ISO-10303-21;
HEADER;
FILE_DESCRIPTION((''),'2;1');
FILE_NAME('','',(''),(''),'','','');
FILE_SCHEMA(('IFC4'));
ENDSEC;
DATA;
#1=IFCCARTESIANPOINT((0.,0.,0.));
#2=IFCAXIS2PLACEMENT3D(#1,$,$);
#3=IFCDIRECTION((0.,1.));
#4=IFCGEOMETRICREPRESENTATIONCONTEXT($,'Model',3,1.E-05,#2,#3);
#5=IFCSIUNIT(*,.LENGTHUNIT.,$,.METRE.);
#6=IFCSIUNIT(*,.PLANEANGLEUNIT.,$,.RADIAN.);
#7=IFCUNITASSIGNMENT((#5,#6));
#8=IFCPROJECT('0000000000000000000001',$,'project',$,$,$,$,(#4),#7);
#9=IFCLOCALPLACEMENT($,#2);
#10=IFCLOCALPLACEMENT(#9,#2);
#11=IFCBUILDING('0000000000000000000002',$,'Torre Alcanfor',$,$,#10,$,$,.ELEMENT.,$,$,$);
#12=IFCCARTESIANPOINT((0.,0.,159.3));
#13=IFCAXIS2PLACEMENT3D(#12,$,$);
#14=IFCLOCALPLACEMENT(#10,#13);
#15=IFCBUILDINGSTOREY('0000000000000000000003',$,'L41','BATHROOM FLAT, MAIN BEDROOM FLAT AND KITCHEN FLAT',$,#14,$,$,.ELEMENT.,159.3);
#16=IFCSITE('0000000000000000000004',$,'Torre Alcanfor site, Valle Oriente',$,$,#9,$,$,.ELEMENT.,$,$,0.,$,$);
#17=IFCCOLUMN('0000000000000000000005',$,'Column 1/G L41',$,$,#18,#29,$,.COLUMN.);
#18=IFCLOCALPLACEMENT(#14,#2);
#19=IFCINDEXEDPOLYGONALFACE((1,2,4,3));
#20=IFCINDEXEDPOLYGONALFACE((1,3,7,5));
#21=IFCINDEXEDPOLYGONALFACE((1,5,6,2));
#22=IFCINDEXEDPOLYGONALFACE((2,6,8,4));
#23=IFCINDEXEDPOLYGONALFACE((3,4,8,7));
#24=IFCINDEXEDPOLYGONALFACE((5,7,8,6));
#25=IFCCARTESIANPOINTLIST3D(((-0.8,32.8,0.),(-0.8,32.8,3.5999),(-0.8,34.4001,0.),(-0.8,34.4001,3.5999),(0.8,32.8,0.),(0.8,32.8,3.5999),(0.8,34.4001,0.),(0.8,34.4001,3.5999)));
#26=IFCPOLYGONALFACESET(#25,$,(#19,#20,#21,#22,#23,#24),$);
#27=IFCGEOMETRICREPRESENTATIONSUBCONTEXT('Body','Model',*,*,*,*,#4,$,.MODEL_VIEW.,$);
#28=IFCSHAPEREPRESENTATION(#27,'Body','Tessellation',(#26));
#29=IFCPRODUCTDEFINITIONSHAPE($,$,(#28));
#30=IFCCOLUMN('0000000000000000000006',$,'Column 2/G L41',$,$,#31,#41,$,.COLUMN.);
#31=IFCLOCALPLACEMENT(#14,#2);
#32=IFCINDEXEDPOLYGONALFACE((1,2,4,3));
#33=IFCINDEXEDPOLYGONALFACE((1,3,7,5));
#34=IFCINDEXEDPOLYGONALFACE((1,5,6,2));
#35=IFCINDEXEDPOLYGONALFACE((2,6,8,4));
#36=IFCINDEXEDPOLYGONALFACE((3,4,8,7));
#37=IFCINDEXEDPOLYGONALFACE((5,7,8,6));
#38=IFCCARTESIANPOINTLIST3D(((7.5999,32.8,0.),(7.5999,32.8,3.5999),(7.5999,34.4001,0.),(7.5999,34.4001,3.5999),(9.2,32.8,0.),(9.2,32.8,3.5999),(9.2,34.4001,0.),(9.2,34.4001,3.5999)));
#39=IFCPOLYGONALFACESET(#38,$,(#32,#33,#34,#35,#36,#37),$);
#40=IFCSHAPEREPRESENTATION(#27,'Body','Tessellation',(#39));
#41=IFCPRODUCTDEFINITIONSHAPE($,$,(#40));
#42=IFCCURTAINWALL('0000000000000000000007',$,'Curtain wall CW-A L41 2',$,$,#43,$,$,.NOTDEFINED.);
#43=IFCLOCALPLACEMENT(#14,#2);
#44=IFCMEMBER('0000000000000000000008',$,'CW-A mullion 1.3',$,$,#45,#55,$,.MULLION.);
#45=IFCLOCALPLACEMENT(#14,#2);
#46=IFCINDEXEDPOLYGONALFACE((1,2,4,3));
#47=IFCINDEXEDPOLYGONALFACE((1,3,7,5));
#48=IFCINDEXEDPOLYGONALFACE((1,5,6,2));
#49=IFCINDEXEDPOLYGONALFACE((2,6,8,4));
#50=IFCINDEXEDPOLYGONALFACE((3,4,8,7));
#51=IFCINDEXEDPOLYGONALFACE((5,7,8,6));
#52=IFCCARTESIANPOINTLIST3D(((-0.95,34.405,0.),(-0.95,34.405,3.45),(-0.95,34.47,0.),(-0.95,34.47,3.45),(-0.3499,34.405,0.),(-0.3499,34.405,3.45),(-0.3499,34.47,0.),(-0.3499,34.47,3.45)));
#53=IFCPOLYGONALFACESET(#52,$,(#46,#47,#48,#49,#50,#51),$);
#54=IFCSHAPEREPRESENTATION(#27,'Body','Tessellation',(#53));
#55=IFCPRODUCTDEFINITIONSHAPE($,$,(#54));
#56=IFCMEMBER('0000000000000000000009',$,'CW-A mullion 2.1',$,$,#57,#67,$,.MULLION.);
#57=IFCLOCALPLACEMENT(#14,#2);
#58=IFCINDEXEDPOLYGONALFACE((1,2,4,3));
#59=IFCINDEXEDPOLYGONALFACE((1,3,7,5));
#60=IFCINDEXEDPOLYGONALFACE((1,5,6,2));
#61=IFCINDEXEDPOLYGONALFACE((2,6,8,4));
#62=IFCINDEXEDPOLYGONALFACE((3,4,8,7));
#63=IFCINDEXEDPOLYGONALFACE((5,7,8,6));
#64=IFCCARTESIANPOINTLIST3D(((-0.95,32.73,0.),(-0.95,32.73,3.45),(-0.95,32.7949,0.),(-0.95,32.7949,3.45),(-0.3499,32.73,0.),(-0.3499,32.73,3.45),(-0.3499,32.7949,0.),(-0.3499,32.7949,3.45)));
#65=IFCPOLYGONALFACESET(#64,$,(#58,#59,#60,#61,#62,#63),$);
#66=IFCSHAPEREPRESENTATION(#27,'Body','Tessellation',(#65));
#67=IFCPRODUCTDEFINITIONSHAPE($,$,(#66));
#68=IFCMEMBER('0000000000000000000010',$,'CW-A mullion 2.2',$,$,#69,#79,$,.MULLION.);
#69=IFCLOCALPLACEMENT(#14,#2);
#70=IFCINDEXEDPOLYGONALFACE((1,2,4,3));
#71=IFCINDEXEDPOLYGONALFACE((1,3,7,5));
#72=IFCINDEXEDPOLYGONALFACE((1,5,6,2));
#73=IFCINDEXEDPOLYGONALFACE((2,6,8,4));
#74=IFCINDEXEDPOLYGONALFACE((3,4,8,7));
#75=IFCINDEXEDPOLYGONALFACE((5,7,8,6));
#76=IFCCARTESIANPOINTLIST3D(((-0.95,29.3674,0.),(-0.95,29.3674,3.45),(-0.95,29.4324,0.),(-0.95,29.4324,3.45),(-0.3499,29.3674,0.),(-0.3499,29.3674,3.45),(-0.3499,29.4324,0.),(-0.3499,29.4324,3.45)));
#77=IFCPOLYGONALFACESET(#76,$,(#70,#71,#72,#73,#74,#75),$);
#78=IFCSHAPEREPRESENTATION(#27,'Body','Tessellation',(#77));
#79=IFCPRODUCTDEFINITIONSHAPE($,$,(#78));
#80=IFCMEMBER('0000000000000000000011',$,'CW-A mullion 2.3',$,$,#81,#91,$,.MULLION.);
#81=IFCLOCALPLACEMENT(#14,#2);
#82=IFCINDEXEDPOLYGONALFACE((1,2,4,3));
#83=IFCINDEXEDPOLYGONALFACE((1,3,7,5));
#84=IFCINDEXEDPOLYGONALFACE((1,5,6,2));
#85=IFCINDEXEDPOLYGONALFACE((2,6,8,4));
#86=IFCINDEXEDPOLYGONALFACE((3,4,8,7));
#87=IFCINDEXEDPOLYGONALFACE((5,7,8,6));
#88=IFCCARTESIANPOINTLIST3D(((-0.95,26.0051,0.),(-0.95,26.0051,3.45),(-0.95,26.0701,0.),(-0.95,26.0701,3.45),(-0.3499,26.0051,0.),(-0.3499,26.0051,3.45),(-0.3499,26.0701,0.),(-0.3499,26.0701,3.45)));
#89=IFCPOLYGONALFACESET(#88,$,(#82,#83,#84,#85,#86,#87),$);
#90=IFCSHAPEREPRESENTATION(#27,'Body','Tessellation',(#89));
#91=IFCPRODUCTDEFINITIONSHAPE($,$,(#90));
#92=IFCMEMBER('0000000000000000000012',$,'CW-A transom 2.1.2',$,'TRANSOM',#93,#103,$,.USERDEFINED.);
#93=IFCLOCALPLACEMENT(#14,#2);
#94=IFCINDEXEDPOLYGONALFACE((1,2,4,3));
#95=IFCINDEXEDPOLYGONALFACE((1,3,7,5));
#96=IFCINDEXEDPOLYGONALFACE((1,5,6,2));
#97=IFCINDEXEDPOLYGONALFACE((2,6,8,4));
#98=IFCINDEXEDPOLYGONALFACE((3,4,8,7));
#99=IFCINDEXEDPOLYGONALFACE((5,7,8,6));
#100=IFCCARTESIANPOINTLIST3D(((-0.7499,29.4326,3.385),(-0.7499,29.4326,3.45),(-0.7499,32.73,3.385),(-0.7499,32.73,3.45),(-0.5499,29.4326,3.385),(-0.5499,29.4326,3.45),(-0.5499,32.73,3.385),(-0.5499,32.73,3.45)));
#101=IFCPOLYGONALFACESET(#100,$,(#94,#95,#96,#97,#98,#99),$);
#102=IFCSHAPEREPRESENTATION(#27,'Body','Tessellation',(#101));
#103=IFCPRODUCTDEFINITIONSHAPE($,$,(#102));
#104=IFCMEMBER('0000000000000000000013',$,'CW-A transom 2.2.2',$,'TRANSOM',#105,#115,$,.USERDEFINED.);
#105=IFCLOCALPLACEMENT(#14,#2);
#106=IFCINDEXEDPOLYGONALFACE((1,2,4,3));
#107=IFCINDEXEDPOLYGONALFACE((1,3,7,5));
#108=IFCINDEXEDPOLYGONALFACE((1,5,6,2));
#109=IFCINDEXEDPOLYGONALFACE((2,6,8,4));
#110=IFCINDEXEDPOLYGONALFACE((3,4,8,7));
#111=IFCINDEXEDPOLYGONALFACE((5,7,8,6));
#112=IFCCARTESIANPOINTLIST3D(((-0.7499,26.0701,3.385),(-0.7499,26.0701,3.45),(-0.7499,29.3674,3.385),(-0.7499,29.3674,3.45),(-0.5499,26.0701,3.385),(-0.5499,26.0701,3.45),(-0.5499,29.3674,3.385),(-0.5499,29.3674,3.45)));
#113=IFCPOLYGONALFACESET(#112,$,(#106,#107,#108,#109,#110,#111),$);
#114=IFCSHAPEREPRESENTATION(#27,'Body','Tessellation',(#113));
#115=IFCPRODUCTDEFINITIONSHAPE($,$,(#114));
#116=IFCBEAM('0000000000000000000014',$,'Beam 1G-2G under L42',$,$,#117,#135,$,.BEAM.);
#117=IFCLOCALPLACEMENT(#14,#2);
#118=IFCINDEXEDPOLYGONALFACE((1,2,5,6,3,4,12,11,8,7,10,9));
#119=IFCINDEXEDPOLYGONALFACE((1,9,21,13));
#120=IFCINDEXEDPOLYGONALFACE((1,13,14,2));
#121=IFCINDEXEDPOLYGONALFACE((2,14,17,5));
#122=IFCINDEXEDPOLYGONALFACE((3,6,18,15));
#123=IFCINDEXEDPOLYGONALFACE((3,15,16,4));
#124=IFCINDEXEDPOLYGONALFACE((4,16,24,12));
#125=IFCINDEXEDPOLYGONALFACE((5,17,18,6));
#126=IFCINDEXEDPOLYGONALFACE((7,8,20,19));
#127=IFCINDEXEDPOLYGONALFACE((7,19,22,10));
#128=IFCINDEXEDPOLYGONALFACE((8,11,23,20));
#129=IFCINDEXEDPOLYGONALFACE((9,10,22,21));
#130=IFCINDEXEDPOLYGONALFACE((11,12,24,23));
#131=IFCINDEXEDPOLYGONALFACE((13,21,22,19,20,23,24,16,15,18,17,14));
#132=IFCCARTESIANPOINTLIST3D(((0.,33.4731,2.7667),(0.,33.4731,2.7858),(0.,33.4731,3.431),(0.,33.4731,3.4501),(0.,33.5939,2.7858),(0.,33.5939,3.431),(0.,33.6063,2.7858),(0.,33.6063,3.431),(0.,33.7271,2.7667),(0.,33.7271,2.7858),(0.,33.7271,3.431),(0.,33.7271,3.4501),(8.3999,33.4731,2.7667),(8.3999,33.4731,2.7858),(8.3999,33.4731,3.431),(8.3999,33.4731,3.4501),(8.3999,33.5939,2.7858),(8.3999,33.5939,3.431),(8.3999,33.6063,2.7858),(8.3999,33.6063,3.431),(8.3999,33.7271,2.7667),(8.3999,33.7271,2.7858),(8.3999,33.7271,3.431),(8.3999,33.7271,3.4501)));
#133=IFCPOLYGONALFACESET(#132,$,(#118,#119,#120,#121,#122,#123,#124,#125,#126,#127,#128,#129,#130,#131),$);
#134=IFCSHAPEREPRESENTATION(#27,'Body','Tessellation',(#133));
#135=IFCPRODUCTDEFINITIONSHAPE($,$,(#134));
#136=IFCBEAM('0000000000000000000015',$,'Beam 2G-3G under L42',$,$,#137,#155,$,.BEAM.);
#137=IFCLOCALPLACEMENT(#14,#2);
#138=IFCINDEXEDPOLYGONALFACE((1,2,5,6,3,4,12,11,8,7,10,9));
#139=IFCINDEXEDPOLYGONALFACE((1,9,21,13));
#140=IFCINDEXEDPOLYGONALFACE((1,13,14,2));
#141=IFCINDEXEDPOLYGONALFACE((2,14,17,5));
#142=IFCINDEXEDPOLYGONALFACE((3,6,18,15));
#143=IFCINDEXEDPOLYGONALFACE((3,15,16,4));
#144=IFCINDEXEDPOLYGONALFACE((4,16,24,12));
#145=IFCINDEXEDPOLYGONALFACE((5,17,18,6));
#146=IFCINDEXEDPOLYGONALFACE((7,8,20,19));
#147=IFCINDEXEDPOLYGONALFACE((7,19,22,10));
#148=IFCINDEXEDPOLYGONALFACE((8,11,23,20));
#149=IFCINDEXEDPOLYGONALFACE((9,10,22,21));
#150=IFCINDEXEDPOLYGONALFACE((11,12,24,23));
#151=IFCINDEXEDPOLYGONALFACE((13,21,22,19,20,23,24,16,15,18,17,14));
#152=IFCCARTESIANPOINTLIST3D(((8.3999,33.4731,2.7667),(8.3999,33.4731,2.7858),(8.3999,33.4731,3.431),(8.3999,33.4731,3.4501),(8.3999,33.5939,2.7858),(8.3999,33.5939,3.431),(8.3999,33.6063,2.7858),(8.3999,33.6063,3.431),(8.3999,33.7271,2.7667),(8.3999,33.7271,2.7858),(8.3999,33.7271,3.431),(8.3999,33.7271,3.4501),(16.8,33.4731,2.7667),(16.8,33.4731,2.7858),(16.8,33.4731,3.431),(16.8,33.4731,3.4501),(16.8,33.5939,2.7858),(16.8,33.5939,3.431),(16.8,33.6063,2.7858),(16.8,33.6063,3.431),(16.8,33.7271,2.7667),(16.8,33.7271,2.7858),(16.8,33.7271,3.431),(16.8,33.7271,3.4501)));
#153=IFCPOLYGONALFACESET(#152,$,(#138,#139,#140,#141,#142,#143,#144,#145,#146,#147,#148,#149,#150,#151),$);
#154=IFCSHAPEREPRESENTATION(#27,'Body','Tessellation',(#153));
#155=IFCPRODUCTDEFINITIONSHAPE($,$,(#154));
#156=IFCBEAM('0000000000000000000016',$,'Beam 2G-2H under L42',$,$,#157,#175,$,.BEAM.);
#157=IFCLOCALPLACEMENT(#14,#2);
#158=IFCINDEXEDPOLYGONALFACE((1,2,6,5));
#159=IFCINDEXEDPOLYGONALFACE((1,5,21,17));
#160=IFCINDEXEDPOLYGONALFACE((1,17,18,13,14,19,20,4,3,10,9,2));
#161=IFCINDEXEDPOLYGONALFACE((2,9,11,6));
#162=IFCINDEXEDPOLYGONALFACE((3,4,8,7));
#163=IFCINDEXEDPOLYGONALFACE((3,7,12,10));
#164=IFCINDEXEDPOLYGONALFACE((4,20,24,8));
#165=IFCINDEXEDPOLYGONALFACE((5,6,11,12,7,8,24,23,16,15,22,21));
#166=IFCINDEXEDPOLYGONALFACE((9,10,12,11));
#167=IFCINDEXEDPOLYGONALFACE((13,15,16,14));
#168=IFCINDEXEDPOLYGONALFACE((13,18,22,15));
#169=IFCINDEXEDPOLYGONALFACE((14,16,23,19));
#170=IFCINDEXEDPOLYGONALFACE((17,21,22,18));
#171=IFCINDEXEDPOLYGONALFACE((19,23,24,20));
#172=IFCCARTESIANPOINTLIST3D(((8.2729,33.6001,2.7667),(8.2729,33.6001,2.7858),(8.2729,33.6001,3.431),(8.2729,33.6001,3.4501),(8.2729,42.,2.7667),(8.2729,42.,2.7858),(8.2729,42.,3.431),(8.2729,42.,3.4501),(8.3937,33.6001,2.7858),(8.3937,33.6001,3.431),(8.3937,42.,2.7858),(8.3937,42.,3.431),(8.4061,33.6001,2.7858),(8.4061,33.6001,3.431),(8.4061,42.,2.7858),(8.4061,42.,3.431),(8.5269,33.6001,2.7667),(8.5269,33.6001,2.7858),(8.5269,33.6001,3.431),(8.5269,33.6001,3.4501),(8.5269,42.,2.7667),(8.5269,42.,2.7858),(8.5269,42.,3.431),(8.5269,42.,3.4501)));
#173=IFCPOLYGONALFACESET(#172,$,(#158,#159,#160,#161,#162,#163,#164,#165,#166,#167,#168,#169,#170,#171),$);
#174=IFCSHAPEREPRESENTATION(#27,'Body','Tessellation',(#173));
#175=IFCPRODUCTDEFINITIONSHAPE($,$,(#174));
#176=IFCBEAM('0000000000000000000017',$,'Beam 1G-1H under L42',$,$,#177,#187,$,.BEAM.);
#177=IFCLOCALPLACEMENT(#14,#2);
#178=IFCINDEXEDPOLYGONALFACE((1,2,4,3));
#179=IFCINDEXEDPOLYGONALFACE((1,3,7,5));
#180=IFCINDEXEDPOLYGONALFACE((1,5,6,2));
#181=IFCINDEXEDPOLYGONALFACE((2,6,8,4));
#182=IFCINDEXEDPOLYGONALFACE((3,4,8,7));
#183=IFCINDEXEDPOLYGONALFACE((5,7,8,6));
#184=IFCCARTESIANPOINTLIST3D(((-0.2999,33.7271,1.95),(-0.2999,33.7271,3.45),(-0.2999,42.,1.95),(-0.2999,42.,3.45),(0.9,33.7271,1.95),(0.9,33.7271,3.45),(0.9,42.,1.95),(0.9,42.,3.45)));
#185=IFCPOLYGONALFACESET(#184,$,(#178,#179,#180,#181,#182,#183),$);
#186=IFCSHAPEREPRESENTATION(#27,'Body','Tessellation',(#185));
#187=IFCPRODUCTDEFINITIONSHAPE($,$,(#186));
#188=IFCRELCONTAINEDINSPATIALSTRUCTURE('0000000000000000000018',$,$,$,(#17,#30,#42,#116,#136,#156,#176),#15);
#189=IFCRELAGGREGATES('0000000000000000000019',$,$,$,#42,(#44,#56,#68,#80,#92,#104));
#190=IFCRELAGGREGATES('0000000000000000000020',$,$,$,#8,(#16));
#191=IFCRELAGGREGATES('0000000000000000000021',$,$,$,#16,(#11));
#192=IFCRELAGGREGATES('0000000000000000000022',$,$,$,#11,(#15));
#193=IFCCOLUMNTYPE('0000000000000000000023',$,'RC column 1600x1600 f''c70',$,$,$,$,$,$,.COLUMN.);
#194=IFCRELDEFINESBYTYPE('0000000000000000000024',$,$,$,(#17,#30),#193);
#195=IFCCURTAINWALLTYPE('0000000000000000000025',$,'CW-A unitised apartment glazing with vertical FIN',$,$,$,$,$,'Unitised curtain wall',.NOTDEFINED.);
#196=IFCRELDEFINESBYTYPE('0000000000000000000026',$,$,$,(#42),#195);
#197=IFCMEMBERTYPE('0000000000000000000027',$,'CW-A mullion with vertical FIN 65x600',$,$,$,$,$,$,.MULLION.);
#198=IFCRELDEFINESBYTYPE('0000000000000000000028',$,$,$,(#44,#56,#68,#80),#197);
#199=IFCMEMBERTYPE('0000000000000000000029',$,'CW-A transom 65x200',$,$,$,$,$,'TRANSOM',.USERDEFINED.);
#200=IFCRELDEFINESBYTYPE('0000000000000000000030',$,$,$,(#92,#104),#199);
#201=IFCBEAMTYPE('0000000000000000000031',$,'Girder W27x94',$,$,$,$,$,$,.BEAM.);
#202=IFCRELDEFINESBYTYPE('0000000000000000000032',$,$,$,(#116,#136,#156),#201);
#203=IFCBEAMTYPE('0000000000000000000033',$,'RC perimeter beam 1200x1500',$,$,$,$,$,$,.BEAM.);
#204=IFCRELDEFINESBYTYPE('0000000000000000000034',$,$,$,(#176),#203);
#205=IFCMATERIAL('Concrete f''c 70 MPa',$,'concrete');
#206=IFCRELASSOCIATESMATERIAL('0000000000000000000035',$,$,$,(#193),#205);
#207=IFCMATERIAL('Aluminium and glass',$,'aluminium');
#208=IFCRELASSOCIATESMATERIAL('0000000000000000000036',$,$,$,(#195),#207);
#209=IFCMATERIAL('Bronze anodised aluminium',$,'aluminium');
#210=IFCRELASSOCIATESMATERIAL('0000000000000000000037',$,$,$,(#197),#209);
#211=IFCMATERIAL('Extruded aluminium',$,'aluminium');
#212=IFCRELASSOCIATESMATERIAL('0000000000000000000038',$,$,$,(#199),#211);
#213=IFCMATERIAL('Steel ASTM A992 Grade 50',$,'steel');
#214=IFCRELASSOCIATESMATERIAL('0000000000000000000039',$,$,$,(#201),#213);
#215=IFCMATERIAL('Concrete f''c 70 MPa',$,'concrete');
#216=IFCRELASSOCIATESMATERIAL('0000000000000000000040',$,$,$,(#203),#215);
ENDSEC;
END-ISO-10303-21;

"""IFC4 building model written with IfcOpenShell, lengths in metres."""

from ifc_helpers import new_model, si_unit, direction, frame, origin, origin_2d, place, context, subcontext, project, spatial, rectangle, i_section, extrude, material, material_profile, profile_set, type_object, element, aggregate, save


model = new_model("IFC4")

# Units and contexts
model_context = context("Model", 3, precision=1e-05, world=origin(), true_north=direction((0.0, 1.0)))
body_context = subcontext(model_context, "Body", "Model", "MODEL_VIEW")
ifc_project = project(units=[si_unit("LENGTHUNIT", "METRE"), si_unit("PLANEANGLEUNIT", "RADIAN")], contexts=[model_context])

# Site, building, storey
site_placement = place(None, origin())
site = spatial("IfcSite", under=ifc_project, at=site_placement, Name="Torre Alcanfor site, Valle Oriente", CompositionType="ELEMENT", RefElevation=0.0)
building_placement = place(site_placement, origin())
building = spatial("IfcBuilding", under=site, at=building_placement, Name="Torre Alcanfor", CompositionType="ELEMENT")
storey_placement = place(building_placement, frame((0.0, 0.0, 159.3)))
storey = spatial("IfcBuildingStorey", under=building, at=storey_placement, Name="L41", Description="BATHROOM FLAT, MAIN BEDROOM FLAT AND KITCHEN FLAT", CompositionType="ELEMENT", Elevation=159.3)

# Columns
ifc_material_1 = material(Name="Concrete f'c 70 MPa", Category="concrete")
ifc_material_profile_1 = material_profile(ifc_material_1, rectangle(XDim=1.6001, YDim=1.6001, at=origin_2d()), Name="1600x1600")
ifc_profile_set_1 = profile_set([ifc_material_profile_1], Name="Concrete f'c 70 MPa")
column_type = type_object("IfcColumnType", Name="RC column 1600x1600 f'c70", PredefinedType="COLUMN", material=ifc_profile_set_1)
for number, where, z_axis, x_axis, name in (
    (1, (0.0, 33.6001, 0.0), (0.0, 0.0, 1.0), (1.0, 0.0, 0.0), "Column 1/G L41"),
    (2, (8.3999, 33.6001, 0.0), (0.0, 0.0, 1.0), (1.0, 0.0, 0.0), "Column 2/G L41"),
):
    element("IfcColumn", number, at=place(storey_placement, frame(where, z_axis=z_axis, x_axis=x_axis)), inside=storey, type_object=column_type, Name=name, PredefinedType="COLUMN", context=body_context, shape_type="SweptSolid", body=[
        extrude(rectangle(XDim=1.6001, YDim=1.6001, at=origin_2d()), origin(), (0.0, 0.0, 1.0), 3.5999),
    ])

# Curtain wall, members
ifc_material_2 = material(Name="Aluminium and glass", Category="aluminium")
curtain_wall_type = type_object("IfcCurtainWallType", Name="CW-A unitised apartment glazing with vertical FIN", ElementType="Unitised curtain wall", PredefinedType="NOTDEFINED", material=ifc_material_2)
curtain_wall_placement = place(storey_placement, origin())
curtain_wall = element("IfcCurtainWall", 3, at=curtain_wall_placement, inside=storey, type_object=curtain_wall_type, Name="Curtain wall CW-A L41 2", PredefinedType="NOTDEFINED")
ifc_material_3 = material(Name="Bronze anodised aluminium", Category="aluminium")
ifc_material_profile_2 = material_profile(ifc_material_3, rectangle(XDim=0.6001, YDim=0.0649, at=origin_2d()), Name="CW-A mullion 65x600")
ifc_profile_set_2 = profile_set([ifc_material_profile_2], Name="Bronze anodised aluminium")
member_type_1 = type_object("IfcMemberType", Name="CW-A mullion with vertical FIN 65x600", PredefinedType="MULLION", material=ifc_profile_set_2)
member_1_placement = place(storey_placement, frame((-0.6499, 34.4375, 0.0), z_axis=(0.0, 0.0, 1.0), x_axis=(1.0, 0.0, 0.0)))
member_1 = element("IfcMember", 4, at=member_1_placement, type_object=member_type_1, Name="CW-A mullion 1.3", PredefinedType="MULLION", context=body_context, shape_type="SweptSolid", body=[
    extrude(rectangle(XDim=0.6001, YDim=0.0649, at=origin_2d()), origin(), (0.0, 0.0, 1.0), 3.45),
])
member_2_placement = place(storey_placement, frame((-0.6499, 32.7625, 0.0), z_axis=(0.0, 0.0, 1.0), x_axis=(1.0, 0.0, 0.0)))
member_2 = element("IfcMember", 5, at=member_2_placement, type_object=member_type_1, Name="CW-A mullion 2.1", PredefinedType="MULLION", context=body_context, shape_type="SweptSolid", body=[
    extrude(rectangle(XDim=0.6001, YDim=0.0649, at=origin_2d()), origin(), (0.0, 0.0, 1.0), 3.45),
])
member_3_placement = place(storey_placement, frame((-0.6499, 29.3999, 0.0), z_axis=(0.0, 0.0, 1.0), x_axis=(1.0, 0.0, 0.0)))
member_3 = element("IfcMember", 6, at=member_3_placement, type_object=member_type_1, Name="CW-A mullion 2.2", PredefinedType="MULLION", context=body_context, shape_type="SweptSolid", body=[
    extrude(rectangle(XDim=0.6001, YDim=0.0649, at=origin_2d()), origin(), (0.0, 0.0, 1.0), 3.45),
])
member_4_placement = place(storey_placement, frame((-0.6499, 26.0376, 0.0), z_axis=(0.0, 0.0, 1.0), x_axis=(1.0, 0.0, 0.0)))
member_4 = element("IfcMember", 7, at=member_4_placement, type_object=member_type_1, Name="CW-A mullion 2.3", PredefinedType="MULLION", context=body_context, shape_type="SweptSolid", body=[
    extrude(rectangle(XDim=0.6001, YDim=0.0649, at=origin_2d()), origin(), (0.0, 0.0, 1.0), 3.45),
])
ifc_material_4 = material(Name="Extruded aluminium", Category="aluminium")
ifc_material_profile_3 = material_profile(ifc_material_4, rectangle(XDim=0.2, YDim=0.0649, at=origin_2d()), Name="CW-A transom 200x65")
ifc_profile_set_3 = profile_set([ifc_material_profile_3], Name="Extruded aluminium")
member_type_2 = type_object("IfcMemberType", Name="CW-A transom 65x200", ElementType="TRANSOM", PredefinedType="USERDEFINED", material=ifc_profile_set_3)
member_5_placement = place(storey_placement, frame((-0.6499, 32.73, 3.4175), z_axis=(0.0, -1.0, 0.0), x_axis=(1.0, 0.0, 0.0)))
member_5 = element("IfcMember", 8, at=member_5_placement, type_object=member_type_2, Name="CW-A transom 2.1.2", ObjectType="TRANSOM", PredefinedType="USERDEFINED", context=body_context, shape_type="SweptSolid", body=[
    extrude(rectangle(XDim=0.2, YDim=0.0649, at=origin_2d()), origin(), (0.0, 0.0, 1.0), 3.2974),
])
member_6_placement = place(storey_placement, frame((-0.6499, 29.3674, 3.4175), z_axis=(0.0, -1.0, 0.0), x_axis=(1.0, 0.0, 0.0)))
member_6 = element("IfcMember", 9, at=member_6_placement, type_object=member_type_2, Name="CW-A transom 2.2.2", ObjectType="TRANSOM", PredefinedType="USERDEFINED", context=body_context, shape_type="SweptSolid", body=[
    extrude(rectangle(XDim=0.2, YDim=0.0649, at=origin_2d()), origin(), (0.0, 0.0, 1.0), 3.2974),
])

# Beams
ifc_material_5 = material(Name="Steel ASTM A992 Grade 50", Category="steel")
ifc_material_profile_4 = material_profile(ifc_material_5, i_section(OverallWidth=0.2539, OverallDepth=0.6833, WebThickness=0.0125, FlangeThickness=0.019, at=origin_2d()), Name="W27x94")
ifc_profile_set_4 = profile_set([ifc_material_profile_4], Name="Steel ASTM A992 Grade 50")
beam_type_1 = type_object("IfcBeamType", Name="Girder W27x94", PredefinedType="BEAM", material=ifc_profile_set_4)
beam_1_placement = place(storey_placement, frame((0.0, 33.6001, 3.1084), z_axis=(1.0, 0.0, 0.0), x_axis=(0.0, 1.0, 0.0)))
element("IfcBeam", 10, at=beam_1_placement, inside=storey, type_object=beam_type_1, Name="Beam 1G-2G under L42", PredefinedType="BEAM", context=body_context, shape_type="SweptSolid", body=[
    extrude(i_section(OverallWidth=0.2539, OverallDepth=0.6833, WebThickness=0.0125, FlangeThickness=0.019, at=origin_2d()), origin(), (0.0, 0.0, 1.0), 8.3999),
])
beam_2_placement = place(storey_placement, frame((8.3999, 33.6001, 3.1084), z_axis=(1.0, 0.0, 0.0), x_axis=(0.0, 1.0, 0.0)))
element("IfcBeam", 11, at=beam_2_placement, inside=storey, type_object=beam_type_1, Name="Beam 2G-3G under L42", PredefinedType="BEAM", context=body_context, shape_type="SweptSolid", body=[
    extrude(i_section(OverallWidth=0.2539, OverallDepth=0.6833, WebThickness=0.0125, FlangeThickness=0.019, at=origin_2d()), origin(), (0.0, 0.0, 1.0), 8.4001),
])
beam_3_placement = place(storey_placement, frame((8.3999, 33.6001, 3.1084), z_axis=(0.0, 1.0, 0.0), x_axis=(-1.0, 0.0, 0.0)))
element("IfcBeam", 12, at=beam_3_placement, inside=storey, type_object=beam_type_1, Name="Beam 2G-2H under L42", PredefinedType="BEAM", context=body_context, shape_type="SweptSolid", body=[
    extrude(i_section(OverallWidth=0.2539, OverallDepth=0.6833, WebThickness=0.0125, FlangeThickness=0.019, at=origin_2d()), origin(), (0.0, 0.0, 1.0), 8.3999),
])
ifc_material_6 = material(Name="Concrete f'c 70 MPa", Category="concrete")
ifc_material_profile_5 = material_profile(ifc_material_6, rectangle(XDim=1.2, YDim=1.5, at=origin_2d()), Name="1200x1500")
ifc_profile_set_5 = profile_set([ifc_material_profile_5], Name="Concrete f'c 70 MPa")
beam_type_2 = type_object("IfcBeamType", Name="RC perimeter beam 1200x1500", PredefinedType="BEAM", material=ifc_profile_set_5)
beam_4_placement = place(storey_placement, frame((0.3, 33.7271, 2.7), z_axis=(0.0, 1.0, 0.0), x_axis=(-1.0, 0.0, 0.0)))
element("IfcBeam", 13, at=beam_4_placement, inside=storey, type_object=beam_type_2, Name="Beam 1G-1H under L42", PredefinedType="BEAM", context=body_context, shape_type="SweptSolid", body=[
    extrude(rectangle(XDim=1.2, YDim=1.5, at=origin_2d()), origin(), (0.0, 0.0, 1.0), 8.2729),
])

aggregate(curtain_wall, [member_1, member_2, member_3, member_4, member_5, member_6])

save(model, "model.ifc")
